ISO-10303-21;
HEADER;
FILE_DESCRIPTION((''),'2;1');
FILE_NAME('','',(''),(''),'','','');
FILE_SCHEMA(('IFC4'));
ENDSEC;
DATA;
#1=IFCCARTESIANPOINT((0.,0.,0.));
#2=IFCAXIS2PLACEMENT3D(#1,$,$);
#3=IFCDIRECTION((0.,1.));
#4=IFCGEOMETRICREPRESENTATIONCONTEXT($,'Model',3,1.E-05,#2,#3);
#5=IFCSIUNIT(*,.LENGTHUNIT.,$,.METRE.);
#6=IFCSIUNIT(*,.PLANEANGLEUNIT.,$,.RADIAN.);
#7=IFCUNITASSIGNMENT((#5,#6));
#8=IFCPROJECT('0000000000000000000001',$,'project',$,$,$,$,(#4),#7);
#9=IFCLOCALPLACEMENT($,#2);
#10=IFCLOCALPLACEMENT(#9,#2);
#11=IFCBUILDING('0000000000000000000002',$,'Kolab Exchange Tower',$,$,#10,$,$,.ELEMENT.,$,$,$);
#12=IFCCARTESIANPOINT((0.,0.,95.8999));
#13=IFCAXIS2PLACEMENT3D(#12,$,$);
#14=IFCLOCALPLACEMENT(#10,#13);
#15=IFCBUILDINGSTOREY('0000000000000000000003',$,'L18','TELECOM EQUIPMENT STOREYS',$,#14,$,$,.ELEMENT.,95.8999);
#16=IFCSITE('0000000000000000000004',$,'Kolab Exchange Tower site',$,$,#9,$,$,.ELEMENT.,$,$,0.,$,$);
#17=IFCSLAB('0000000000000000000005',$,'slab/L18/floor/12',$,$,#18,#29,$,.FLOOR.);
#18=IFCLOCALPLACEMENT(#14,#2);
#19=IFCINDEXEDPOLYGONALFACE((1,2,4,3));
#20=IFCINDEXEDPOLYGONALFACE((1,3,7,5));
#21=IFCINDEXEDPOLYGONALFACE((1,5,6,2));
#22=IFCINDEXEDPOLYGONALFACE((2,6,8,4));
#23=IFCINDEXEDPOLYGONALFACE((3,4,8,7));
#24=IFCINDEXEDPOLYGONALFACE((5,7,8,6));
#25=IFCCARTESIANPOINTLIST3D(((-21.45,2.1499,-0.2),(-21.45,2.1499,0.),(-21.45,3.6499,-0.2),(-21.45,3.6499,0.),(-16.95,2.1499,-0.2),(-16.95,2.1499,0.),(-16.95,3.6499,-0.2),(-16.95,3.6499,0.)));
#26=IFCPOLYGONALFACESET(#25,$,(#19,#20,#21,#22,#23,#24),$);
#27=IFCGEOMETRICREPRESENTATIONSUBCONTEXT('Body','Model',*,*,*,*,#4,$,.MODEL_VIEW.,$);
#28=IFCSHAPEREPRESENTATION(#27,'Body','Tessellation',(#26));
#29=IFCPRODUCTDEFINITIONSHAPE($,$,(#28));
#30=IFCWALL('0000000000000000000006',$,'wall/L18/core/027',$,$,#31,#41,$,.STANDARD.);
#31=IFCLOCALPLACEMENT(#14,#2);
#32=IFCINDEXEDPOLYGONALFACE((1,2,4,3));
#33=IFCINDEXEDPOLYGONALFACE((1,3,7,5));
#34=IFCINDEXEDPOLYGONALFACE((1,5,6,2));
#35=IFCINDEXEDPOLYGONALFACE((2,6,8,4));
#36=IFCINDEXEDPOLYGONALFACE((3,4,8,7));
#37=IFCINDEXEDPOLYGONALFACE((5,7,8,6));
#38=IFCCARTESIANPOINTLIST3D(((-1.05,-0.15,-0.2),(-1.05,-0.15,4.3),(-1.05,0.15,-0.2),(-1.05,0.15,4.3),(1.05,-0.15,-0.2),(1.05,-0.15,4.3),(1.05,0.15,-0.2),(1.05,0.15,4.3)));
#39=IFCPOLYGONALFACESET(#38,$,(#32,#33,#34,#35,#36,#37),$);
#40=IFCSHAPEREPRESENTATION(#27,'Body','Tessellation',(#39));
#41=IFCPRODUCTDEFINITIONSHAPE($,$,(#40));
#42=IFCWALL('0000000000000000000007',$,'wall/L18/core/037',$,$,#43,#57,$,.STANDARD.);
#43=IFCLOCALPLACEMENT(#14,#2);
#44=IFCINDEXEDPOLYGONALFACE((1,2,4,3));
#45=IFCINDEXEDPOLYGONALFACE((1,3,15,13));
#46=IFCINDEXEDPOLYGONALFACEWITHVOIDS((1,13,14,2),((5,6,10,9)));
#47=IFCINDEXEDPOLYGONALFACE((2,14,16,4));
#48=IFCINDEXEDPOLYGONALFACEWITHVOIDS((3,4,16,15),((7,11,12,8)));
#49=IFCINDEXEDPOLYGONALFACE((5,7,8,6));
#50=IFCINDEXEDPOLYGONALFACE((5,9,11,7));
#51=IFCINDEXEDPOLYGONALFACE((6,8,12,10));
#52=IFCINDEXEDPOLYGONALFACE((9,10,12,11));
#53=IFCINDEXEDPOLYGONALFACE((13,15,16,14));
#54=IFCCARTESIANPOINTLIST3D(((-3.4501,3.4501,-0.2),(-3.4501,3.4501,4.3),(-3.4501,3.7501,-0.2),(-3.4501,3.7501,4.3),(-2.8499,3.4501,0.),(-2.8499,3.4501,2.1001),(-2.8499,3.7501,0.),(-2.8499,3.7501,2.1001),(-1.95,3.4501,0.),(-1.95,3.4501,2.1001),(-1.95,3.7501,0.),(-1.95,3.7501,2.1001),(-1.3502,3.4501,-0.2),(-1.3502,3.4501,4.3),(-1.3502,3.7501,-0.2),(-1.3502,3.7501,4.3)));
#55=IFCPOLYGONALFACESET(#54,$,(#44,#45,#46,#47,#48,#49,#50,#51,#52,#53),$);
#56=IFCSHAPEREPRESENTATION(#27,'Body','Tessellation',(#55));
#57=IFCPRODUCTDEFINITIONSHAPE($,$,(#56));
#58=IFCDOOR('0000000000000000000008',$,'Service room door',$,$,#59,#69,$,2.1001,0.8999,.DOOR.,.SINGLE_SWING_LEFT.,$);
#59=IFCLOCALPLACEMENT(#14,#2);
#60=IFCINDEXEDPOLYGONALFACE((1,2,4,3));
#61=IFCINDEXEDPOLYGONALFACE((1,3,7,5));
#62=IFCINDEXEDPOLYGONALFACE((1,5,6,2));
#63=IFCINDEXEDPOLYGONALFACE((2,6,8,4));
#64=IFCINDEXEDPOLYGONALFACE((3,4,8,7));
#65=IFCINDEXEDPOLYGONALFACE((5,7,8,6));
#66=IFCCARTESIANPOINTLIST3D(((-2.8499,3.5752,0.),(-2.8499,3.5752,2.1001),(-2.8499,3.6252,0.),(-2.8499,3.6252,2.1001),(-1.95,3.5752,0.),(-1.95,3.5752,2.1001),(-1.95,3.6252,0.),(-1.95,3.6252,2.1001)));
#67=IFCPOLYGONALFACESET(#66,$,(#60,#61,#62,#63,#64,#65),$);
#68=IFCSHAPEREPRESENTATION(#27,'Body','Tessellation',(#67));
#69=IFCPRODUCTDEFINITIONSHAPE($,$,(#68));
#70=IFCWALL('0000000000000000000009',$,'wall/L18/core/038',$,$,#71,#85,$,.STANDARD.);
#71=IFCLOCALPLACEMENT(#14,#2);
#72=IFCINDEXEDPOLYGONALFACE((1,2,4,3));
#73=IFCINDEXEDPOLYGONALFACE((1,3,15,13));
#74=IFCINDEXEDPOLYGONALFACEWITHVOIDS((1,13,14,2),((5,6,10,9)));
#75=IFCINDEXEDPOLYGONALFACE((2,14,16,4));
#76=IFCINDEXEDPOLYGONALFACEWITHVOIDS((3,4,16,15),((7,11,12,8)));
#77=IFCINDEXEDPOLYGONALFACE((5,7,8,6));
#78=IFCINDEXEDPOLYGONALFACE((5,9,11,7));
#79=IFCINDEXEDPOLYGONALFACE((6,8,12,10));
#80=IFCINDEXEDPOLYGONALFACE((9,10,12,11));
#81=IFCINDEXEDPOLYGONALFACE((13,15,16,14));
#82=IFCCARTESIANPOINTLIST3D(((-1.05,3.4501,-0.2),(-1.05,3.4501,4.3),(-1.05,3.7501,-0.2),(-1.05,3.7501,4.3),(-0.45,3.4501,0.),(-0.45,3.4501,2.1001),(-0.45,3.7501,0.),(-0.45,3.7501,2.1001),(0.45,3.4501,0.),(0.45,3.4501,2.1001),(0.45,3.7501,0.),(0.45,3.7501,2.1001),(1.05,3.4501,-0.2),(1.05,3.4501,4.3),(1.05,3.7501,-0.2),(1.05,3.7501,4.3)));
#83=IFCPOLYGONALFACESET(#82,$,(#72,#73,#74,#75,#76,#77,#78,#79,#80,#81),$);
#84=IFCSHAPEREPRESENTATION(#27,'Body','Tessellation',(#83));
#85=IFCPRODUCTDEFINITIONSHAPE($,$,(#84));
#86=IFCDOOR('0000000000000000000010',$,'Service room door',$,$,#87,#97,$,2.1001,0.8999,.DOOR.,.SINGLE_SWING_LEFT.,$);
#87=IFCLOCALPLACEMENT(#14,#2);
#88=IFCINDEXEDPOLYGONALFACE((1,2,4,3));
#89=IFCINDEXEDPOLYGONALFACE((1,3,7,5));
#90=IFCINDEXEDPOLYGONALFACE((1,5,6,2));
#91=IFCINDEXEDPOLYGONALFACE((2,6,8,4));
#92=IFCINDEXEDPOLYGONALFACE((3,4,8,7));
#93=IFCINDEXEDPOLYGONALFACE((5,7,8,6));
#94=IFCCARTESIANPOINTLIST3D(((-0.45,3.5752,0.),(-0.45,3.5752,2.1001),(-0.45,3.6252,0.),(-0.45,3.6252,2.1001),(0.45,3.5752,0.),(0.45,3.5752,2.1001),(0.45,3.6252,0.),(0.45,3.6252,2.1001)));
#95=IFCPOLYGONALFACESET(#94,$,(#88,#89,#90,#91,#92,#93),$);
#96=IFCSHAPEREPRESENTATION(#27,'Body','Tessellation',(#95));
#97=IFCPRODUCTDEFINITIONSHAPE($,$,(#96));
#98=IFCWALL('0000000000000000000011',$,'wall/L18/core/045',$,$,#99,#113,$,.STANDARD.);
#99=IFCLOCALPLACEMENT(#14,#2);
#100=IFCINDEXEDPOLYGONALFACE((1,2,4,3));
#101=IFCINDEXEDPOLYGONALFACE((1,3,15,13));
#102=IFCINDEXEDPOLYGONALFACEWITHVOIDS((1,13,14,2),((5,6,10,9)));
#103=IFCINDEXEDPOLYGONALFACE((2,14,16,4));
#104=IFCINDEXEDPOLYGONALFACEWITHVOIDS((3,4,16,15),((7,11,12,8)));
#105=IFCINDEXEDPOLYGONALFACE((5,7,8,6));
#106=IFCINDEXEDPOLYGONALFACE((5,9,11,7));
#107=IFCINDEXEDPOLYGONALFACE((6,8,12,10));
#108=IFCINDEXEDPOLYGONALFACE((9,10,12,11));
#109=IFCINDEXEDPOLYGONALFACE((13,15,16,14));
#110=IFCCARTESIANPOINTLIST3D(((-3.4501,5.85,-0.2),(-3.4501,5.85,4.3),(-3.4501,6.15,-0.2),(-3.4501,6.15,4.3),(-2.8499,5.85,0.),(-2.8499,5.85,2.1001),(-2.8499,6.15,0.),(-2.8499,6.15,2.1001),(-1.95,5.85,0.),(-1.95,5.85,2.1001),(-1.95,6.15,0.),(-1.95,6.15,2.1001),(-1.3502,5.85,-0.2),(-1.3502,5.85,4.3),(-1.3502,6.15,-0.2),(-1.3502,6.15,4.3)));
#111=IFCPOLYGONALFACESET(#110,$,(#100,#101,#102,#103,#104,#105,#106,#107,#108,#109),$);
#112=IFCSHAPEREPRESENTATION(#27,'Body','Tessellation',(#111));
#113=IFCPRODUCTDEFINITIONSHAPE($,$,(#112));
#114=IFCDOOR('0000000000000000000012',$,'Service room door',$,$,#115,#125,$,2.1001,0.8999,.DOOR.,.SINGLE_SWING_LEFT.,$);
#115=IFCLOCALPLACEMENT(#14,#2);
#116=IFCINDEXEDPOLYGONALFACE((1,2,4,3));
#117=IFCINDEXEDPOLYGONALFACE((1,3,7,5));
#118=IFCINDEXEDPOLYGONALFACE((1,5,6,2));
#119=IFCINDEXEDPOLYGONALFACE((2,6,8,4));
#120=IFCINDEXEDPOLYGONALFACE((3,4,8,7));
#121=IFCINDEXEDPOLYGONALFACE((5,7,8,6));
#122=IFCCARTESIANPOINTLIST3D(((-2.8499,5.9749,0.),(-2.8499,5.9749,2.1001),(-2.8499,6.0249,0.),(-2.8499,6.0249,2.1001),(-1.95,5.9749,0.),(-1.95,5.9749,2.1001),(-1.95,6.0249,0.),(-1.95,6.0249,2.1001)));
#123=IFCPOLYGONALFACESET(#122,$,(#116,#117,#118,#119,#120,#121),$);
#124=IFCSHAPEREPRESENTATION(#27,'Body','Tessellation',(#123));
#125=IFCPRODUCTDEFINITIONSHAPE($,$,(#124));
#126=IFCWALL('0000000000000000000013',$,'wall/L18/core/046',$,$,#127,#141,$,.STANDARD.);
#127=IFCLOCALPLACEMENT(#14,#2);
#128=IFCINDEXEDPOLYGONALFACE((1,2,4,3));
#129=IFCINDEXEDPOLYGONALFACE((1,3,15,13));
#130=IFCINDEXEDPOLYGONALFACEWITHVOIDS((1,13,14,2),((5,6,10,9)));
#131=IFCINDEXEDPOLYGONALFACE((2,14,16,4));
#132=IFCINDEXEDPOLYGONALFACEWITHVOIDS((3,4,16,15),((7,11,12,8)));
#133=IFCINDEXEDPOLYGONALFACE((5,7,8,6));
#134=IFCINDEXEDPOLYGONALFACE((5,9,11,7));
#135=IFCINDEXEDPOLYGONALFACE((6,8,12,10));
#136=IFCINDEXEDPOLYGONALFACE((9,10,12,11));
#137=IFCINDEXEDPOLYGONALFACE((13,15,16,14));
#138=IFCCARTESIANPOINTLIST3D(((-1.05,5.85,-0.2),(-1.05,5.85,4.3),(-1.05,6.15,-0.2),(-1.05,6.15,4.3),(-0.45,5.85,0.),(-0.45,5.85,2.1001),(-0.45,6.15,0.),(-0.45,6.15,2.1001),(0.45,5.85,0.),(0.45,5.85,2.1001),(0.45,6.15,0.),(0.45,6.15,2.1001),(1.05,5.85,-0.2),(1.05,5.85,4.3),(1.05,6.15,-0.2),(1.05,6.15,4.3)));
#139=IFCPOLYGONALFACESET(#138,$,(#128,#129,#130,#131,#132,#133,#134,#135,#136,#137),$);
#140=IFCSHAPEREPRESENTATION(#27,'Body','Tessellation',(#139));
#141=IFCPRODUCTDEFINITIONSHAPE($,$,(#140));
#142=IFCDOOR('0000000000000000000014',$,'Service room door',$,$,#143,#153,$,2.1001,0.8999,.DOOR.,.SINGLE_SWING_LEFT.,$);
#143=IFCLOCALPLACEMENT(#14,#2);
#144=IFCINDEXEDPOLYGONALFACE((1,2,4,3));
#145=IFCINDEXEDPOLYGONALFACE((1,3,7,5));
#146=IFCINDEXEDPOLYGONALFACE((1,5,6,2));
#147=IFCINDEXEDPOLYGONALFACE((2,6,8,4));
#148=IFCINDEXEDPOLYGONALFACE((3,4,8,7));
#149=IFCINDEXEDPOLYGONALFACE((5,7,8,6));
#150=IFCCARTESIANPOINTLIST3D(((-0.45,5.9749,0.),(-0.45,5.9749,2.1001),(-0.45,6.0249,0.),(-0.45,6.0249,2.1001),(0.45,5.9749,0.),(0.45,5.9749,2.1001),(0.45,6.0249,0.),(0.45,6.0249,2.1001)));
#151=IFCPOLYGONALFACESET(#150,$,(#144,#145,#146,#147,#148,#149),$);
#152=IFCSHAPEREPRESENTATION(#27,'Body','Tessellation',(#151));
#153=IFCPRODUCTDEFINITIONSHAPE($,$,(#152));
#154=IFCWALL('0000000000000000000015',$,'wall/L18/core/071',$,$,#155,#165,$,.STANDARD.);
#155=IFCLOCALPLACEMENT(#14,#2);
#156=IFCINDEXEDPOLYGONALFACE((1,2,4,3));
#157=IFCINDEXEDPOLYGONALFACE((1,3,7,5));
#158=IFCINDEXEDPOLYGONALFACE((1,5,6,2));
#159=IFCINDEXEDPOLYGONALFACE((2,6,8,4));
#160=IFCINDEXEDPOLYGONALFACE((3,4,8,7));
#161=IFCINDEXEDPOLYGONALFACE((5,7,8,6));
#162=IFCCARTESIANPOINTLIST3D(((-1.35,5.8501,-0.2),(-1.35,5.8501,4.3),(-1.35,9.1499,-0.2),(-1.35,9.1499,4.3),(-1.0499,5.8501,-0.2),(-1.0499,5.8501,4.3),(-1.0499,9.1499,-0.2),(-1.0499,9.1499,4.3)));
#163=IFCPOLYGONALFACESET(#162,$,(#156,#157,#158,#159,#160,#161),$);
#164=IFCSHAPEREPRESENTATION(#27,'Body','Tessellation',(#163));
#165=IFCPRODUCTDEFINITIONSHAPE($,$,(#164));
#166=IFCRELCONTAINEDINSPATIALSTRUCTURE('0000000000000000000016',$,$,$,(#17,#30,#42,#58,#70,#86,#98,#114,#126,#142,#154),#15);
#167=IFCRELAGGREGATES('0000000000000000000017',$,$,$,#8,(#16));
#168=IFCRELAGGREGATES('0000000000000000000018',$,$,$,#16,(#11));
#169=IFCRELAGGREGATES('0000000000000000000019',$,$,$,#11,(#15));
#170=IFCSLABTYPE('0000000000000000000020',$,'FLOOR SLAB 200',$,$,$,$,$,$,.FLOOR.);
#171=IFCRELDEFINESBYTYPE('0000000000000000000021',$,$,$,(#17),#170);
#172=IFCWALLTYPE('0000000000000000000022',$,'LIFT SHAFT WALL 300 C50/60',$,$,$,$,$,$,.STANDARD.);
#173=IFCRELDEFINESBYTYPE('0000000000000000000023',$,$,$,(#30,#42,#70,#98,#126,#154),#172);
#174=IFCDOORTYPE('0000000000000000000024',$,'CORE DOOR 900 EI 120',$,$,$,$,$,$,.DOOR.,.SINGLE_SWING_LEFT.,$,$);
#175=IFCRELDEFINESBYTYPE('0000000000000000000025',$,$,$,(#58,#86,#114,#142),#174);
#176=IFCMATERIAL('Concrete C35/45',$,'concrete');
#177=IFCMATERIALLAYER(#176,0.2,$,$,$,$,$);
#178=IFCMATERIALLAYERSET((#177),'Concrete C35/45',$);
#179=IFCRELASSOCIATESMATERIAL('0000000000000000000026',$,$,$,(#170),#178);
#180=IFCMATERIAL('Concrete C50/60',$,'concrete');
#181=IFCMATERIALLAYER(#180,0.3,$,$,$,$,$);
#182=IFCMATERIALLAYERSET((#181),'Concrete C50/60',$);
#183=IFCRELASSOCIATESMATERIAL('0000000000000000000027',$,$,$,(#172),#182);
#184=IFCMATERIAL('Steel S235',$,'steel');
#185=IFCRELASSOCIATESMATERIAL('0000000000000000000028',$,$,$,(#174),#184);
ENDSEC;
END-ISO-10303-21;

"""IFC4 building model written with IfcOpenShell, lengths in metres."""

from ifc_helpers import new_model, si_unit, direction, frame, frame_2d, origin, place, context, subcontext, project, spatial, polyline, rectangle, outline, extrude, material, layer, layer_set, type_object, element, fill, save


model = new_model("IFC4")

# Units and contexts
model_context = context("Model", 3, precision=1e-05, world=origin(), true_north=direction((0.0, 1.0)))
body_context = subcontext(model_context, "Body", "Model", "MODEL_VIEW")
ifc_project = project(units=[si_unit("LENGTHUNIT", "METRE"), si_unit("PLANEANGLEUNIT", "RADIAN")], contexts=[model_context])

# Site, building, storey
site_placement = place(None, origin())
site = spatial("IfcSite", under=ifc_project, at=site_placement, Name="Kolab Exchange Tower site", CompositionType="ELEMENT", RefElevation=0.0)
building_placement = place(site_placement, origin())
building = spatial("IfcBuilding", under=site, at=building_placement, Name="Kolab Exchange Tower", CompositionType="ELEMENT")
storey_placement = place(building_placement, frame((0.0, 0.0, 95.8999)))
storey = spatial("IfcBuildingStorey", under=building, at=storey_placement, Name="L18", Description="TELECOM EQUIPMENT STOREYS", CompositionType="ELEMENT", Elevation=95.8999)

# Slab
ifc_material_1 = material(Name="Concrete C35/45", Category="concrete")
ifc_layer_1 = layer(ifc_material_1, 0.2)
ifc_layer_set_1 = layer_set([ifc_layer_1], Name="Concrete C35/45")
slab_type = type_object("IfcSlabType", Name="FLOOR SLAB 200", PredefinedType="FLOOR", material=ifc_layer_set_1)
slab_1_placement = place(storey_placement, frame((0.0, 0.0, -0.2)))
element("IfcSlab", 1, at=slab_1_placement, inside=storey, type_object=slab_type, Name="slab/L18/floor/12", PredefinedType="FLOOR", context=body_context, shape_type="SweptSolid", body=[
    extrude(outline(polyline([(-21.45, 3.6499), (-21.45, 2.1499), (-16.95, 2.1499), (-16.95, 3.6499), (-21.45, 3.6499)])), origin(), (0.0, 0.0, 1.0), 0.2),
])

# Wall
ifc_material_2 = material(Name="Concrete C50/60", Category="concrete")
ifc_layer_2 = layer(ifc_material_2, 0.3)
ifc_layer_set_2 = layer_set([ifc_layer_2], Name="Concrete C50/60")
wall_type = type_object("IfcWallType", Name="LIFT SHAFT WALL 300 C50/60", PredefinedType="STANDARD", material=ifc_layer_set_2)
wall_1_placement = place(storey_placement, frame((-1.05, 0.0, -0.2), z_axis=(0.0, 0.0, 1.0), x_axis=(1.0, 0.0, 0.0)))
element("IfcWall", 2, at=wall_1_placement, inside=storey, type_object=wall_type, Name="wall/L18/core/027", PredefinedType="STANDARD", context=body_context, shape_type="SweptSolid", body=[
    extrude(rectangle(XDim=2.1001, YDim=0.3, at=frame_2d((1.05, 0.0))), origin(), (0.0, 0.0, 1.0), 4.5),
])

# Walls, openings, doors
wall_2_placement = place(storey_placement, frame((-3.45, 3.6001, -0.2), z_axis=(0.0, 0.0, 1.0), x_axis=(1.0, 0.0, 0.0)))
wall_2 = element("IfcWall", 3, at=wall_2_placement, inside=storey, type_object=wall_type, Name="wall/L18/core/037", PredefinedType="STANDARD", context=body_context, shape_type="SweptSolid", body=[
    extrude(rectangle(XDim=2.0999, YDim=0.3, at=frame_2d((1.0498, 0.0))), origin(), (0.0, 0.0, 1.0), 4.5),
])
opening_1_placement = place(wall_2_placement, frame((0.6001, 0.0, 0.2)))
opening_1 = element("IfcOpeningElement", 4, at=opening_1_placement, cuts=wall_2, PredefinedType="OPENING", context=body_context, shape_type="SweptSolid", body=[
    extrude(rectangle(XDim=0.8999, YDim=2.1001, at=frame_2d((0.45, 1.05))), frame((0.0, 0.1602, 0.0), z_axis=(0.0, -1.0, 0.0), x_axis=(1.0, 0.0, 0.0)), (0.0, 0.0, 1.0), 0.3201),
])
ifc_material_3 = material(Name="Steel S235", Category="steel")
door_type = type_object("IfcDoorType", Name="CORE DOOR 900 EI 120", OperationType="SINGLE_SWING_LEFT", PredefinedType="DOOR", material=ifc_material_3)
door_1_placement = place(opening_1_placement, frame((0.8999, 0.0, 0.0), z_axis=(0.0, 0.0, 1.0), x_axis=(-1.0, 0.0, 0.0)))
door_1 = element("IfcDoor", 5, at=door_1_placement, inside=storey, type_object=door_type, Name="Service room door", OperationType="SINGLE_SWING_LEFT", OverallHeight=2.1001, OverallWidth=0.8999, PredefinedType="DOOR", context=body_context, shape_type="SweptSolid", body=[
    extrude(rectangle(XDim=0.8999, YDim=2.1001, at=frame_2d((0.45, 1.05))), frame((0.0, 0.0249, 0.0), z_axis=(0.0, -1.0, 0.0), x_axis=(1.0, 0.0, 0.0)), (0.0, 0.0, 1.0), 0.05),
])
fill(opening_1, door_1)
wall_3_placement = place(storey_placement, frame((-1.05, 3.6001, -0.2), z_axis=(0.0, 0.0, 1.0), x_axis=(1.0, 0.0, 0.0)))
wall_3 = element("IfcWall", 6, at=wall_3_placement, inside=storey, type_object=wall_type, Name="wall/L18/core/038", PredefinedType="STANDARD", context=body_context, shape_type="SweptSolid", body=[
    extrude(rectangle(XDim=2.1001, YDim=0.3, at=frame_2d((1.05, 0.0))), origin(), (0.0, 0.0, 1.0), 4.5),
])
opening_2_placement = place(wall_3_placement, frame((0.6001, 0.0, 0.2)))
opening_2 = element("IfcOpeningElement", 7, at=opening_2_placement, cuts=wall_3, PredefinedType="OPENING", context=body_context, shape_type="SweptSolid", body=[
    extrude(rectangle(XDim=0.8999, YDim=2.1001, at=frame_2d((0.45, 1.05))), frame((0.0, 0.1602, 0.0), z_axis=(0.0, -1.0, 0.0), x_axis=(1.0, 0.0, 0.0)), (0.0, 0.0, 1.0), 0.3201),
])
door_2_placement = place(opening_2_placement, frame((0.8999, 0.0, 0.0), z_axis=(0.0, 0.0, 1.0), x_axis=(-1.0, 0.0, 0.0)))
door_2 = element("IfcDoor", 8, at=door_2_placement, inside=storey, type_object=door_type, Name="Service room door", OperationType="SINGLE_SWING_LEFT", OverallHeight=2.1001, OverallWidth=0.8999, PredefinedType="DOOR", context=body_context, shape_type="SweptSolid", body=[
    extrude(rectangle(XDim=0.8999, YDim=2.1001, at=frame_2d((0.45, 1.05))), frame((0.0, 0.0249, 0.0), z_axis=(0.0, -1.0, 0.0), x_axis=(1.0, 0.0, 0.0)), (0.0, 0.0, 1.0), 0.05),
])
fill(opening_2, door_2)
wall_4_placement = place(storey_placement, frame((-3.45, 6.0, -0.2), z_axis=(0.0, 0.0, 1.0), x_axis=(1.0, 0.0, 0.0)))
wall_4 = element("IfcWall", 9, at=wall_4_placement, inside=storey, type_object=wall_type, Name="wall/L18/core/045", PredefinedType="STANDARD", context=body_context, shape_type="SweptSolid", body=[
    extrude(rectangle(XDim=2.0999, YDim=0.3, at=frame_2d((1.0498, 0.0))), origin(), (0.0, 0.0, 1.0), 4.5),
])
opening_3_placement = place(wall_4_placement, frame((0.6001, 0.0, 0.2)))
opening_3 = element("IfcOpeningElement", 10, at=opening_3_placement, cuts=wall_4, PredefinedType="OPENING", context=body_context, shape_type="SweptSolid", body=[
    extrude(rectangle(XDim=0.8999, YDim=2.1001, at=frame_2d((0.45, 1.05))), frame((0.0, 0.1602, 0.0), z_axis=(0.0, -1.0, 0.0), x_axis=(1.0, 0.0, 0.0)), (0.0, 0.0, 1.0), 0.3201),
])
door_3_placement = place(opening_3_placement, origin())
door_3 = element("IfcDoor", 11, at=door_3_placement, inside=storey, type_object=door_type, Name="Service room door", OperationType="SINGLE_SWING_LEFT", OverallHeight=2.1001, OverallWidth=0.8999, PredefinedType="DOOR", context=body_context, shape_type="SweptSolid", body=[
    extrude(rectangle(XDim=0.8999, YDim=2.1001, at=frame_2d((0.45, 1.05))), frame((0.0, 0.0249, 0.0), z_axis=(0.0, -1.0, 0.0), x_axis=(1.0, 0.0, 0.0)), (0.0, 0.0, 1.0), 0.05),
])
fill(opening_3, door_3)
wall_5_placement = place(storey_placement, frame((-1.05, 6.0, -0.2), z_axis=(0.0, 0.0, 1.0), x_axis=(1.0, 0.0, 0.0)))
wall_5 = element("IfcWall", 12, at=wall_5_placement, inside=storey, type_object=wall_type, Name="wall/L18/core/046", PredefinedType="STANDARD", context=body_context, shape_type="SweptSolid", body=[
    extrude(rectangle(XDim=2.1001, YDim=0.3, at=frame_2d((1.05, 0.0))), origin(), (0.0, 0.0, 1.0), 4.5),
])
opening_4_placement = place(wall_5_placement, frame((0.6001, 0.0, 0.2)))
opening_4 = element("IfcOpeningElement", 13, at=opening_4_placement, cuts=wall_5, PredefinedType="OPENING", context=body_context, shape_type="SweptSolid", body=[
    extrude(rectangle(XDim=0.8999, YDim=2.1001, at=frame_2d((0.45, 1.05))), frame((0.0, 0.1602, 0.0), z_axis=(0.0, -1.0, 0.0), x_axis=(1.0, 0.0, 0.0)), (0.0, 0.0, 1.0), 0.3201),
])
door_4_placement = place(opening_4_placement, origin())
door_4 = element("IfcDoor", 14, at=door_4_placement, inside=storey, type_object=door_type, Name="Service room door", OperationType="SINGLE_SWING_LEFT", OverallHeight=2.1001, OverallWidth=0.8999, PredefinedType="DOOR", context=body_context, shape_type="SweptSolid", body=[
    extrude(rectangle(XDim=0.8999, YDim=2.1001, at=frame_2d((0.45, 1.05))), frame((0.0, 0.0249, 0.0), z_axis=(0.0, -1.0, 0.0), x_axis=(1.0, 0.0, 0.0)), (0.0, 0.0, 1.0), 0.05),
])
fill(opening_4, door_4)

# Wall
wall_6_placement = place(storey_placement, frame((-1.2, 5.8501, -0.2), z_axis=(0.0, 0.0, 1.0), x_axis=(0.0, 1.0, 0.0)))
element("IfcWall", 15, at=wall_6_placement, inside=storey, type_object=wall_type, Name="wall/L18/core/071", PredefinedType="STANDARD", context=body_context, shape_type="SweptSolid", body=[
    extrude(rectangle(XDim=3.2998, YDim=0.3, at=frame_2d((1.6499, 0.0))), origin(), (0.0, 0.0, 1.0), 4.5),
])

save(model, "model.ifc")
